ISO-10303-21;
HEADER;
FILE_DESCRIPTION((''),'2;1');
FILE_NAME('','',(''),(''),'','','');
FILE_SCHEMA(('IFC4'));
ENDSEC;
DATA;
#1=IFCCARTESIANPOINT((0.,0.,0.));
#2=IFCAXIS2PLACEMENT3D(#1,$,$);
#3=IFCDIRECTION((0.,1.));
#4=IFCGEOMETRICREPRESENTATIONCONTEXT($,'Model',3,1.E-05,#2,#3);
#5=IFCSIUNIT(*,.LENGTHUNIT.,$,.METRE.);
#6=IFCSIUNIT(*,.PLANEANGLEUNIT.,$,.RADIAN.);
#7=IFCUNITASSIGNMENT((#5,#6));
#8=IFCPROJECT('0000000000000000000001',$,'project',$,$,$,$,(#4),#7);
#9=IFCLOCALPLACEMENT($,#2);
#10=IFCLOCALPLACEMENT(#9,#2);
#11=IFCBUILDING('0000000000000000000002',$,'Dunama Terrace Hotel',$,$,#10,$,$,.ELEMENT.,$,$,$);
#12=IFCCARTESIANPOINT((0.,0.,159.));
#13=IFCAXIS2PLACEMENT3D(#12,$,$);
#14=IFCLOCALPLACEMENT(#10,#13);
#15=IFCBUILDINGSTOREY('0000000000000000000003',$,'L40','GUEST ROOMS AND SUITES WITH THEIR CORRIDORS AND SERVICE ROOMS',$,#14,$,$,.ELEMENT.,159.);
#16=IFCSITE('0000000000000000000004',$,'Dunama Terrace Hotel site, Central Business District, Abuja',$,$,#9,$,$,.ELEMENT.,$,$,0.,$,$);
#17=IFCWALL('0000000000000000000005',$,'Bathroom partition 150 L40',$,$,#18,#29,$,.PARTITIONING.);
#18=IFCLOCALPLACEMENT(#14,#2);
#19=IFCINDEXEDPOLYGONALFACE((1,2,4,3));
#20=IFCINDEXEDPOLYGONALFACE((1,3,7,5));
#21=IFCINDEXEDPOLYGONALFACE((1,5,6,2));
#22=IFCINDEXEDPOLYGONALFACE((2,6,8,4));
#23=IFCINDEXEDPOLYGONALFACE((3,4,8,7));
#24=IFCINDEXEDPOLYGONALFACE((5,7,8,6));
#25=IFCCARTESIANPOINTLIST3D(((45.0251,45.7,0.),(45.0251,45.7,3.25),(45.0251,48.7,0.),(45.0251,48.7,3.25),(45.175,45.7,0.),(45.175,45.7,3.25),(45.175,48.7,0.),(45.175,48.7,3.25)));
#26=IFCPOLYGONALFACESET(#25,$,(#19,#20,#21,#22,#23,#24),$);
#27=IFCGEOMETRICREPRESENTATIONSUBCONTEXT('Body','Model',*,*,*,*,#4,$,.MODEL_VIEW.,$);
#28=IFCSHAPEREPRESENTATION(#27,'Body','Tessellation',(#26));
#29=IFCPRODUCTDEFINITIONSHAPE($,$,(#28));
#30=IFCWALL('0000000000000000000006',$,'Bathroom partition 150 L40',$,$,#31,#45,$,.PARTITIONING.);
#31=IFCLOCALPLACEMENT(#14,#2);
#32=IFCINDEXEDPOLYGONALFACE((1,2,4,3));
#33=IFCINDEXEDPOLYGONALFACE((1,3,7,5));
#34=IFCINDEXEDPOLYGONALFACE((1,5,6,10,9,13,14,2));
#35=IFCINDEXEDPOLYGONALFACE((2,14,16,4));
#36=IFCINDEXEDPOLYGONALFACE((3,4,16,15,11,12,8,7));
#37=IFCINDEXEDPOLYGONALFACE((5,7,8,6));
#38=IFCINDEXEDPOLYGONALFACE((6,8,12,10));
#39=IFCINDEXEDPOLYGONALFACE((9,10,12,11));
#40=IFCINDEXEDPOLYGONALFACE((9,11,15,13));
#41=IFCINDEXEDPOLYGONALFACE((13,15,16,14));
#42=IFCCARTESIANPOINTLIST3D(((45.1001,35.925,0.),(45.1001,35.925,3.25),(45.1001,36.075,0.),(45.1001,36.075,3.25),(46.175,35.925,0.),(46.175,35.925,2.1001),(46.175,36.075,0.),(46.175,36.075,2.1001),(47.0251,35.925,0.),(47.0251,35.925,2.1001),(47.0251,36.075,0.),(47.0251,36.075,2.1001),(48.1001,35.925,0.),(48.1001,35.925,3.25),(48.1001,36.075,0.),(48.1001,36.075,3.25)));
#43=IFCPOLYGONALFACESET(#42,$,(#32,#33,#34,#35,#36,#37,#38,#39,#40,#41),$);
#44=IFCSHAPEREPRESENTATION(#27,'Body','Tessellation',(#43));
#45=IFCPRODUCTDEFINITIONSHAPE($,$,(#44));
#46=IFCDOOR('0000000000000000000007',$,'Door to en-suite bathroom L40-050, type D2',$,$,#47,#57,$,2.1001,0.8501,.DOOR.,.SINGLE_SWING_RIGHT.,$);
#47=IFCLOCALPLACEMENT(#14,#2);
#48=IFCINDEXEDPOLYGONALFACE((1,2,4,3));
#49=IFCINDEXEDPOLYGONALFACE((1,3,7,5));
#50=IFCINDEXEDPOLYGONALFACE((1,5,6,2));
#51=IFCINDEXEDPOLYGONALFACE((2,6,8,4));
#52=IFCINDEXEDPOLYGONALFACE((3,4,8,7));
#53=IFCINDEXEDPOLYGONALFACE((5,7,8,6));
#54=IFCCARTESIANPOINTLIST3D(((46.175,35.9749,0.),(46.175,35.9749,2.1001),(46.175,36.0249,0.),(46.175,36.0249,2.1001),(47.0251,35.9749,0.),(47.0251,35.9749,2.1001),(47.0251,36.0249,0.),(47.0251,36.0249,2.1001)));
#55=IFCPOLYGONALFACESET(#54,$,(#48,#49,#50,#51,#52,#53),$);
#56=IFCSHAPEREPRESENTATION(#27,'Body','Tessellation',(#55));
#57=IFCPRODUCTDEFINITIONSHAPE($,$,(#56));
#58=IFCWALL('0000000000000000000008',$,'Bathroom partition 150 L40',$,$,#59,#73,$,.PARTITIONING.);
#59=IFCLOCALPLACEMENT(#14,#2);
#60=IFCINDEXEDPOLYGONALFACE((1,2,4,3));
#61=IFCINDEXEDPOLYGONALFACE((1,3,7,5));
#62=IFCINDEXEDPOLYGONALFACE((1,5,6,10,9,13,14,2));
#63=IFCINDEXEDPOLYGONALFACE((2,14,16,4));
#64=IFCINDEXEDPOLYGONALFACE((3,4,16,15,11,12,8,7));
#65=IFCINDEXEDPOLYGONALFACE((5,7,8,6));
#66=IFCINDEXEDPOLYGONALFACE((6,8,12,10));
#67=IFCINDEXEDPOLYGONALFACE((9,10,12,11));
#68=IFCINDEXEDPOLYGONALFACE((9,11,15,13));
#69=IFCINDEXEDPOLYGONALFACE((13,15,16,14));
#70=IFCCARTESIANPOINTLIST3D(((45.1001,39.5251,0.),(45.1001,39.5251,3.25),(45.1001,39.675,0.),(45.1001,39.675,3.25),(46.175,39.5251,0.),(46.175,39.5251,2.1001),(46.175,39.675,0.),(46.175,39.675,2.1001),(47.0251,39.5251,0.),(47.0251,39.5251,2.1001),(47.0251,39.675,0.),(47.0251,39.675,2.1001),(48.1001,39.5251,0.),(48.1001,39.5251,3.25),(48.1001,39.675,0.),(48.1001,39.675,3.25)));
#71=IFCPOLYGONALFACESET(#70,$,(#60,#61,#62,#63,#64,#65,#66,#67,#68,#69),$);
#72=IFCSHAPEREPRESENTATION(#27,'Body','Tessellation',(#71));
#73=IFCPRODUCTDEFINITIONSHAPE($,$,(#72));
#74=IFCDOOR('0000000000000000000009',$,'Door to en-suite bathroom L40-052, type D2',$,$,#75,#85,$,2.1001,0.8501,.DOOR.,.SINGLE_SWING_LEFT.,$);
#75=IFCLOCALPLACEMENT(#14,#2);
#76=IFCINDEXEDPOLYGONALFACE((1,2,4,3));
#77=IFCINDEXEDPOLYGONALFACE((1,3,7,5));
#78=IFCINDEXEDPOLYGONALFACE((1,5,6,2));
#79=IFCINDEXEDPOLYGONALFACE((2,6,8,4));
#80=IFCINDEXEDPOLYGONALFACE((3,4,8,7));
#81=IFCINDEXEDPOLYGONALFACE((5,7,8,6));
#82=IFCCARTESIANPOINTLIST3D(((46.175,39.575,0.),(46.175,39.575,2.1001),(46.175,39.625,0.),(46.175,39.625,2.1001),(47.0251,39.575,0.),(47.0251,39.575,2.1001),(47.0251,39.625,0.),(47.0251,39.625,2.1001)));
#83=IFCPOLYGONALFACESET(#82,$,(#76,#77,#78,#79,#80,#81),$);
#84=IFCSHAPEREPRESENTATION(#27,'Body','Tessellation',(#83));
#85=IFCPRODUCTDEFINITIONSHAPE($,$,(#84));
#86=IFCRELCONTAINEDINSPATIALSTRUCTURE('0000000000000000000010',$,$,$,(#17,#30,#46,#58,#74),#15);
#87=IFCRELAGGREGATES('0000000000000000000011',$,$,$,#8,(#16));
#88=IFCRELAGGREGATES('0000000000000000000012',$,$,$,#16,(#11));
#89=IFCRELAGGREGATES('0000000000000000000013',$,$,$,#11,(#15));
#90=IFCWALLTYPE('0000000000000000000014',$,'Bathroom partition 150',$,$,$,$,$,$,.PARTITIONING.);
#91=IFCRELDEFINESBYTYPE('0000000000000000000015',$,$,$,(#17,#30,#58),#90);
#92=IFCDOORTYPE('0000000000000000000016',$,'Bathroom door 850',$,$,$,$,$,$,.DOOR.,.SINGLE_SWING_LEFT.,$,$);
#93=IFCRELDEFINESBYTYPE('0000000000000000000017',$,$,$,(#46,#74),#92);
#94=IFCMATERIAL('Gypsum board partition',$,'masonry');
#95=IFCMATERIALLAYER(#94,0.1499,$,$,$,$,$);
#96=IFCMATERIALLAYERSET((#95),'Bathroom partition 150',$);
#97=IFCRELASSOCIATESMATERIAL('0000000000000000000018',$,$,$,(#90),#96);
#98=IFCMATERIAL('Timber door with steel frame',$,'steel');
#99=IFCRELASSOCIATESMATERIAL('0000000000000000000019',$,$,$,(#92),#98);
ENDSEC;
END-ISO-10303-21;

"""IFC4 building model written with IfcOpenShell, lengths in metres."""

from ifc_helpers import new_model, si_unit, direction, frame, frame_2d, origin, place, context, subcontext, project, spatial, rectangle, extrude, material, layer, layer_set, type_object, element, fill, save


model = new_model("IFC4")

# Units and contexts
model_context = context("Model", 3, precision=1e-05, world=origin(), true_north=direction((0.0, 1.0)))
body_context = subcontext(model_context, "Body", "Model", "MODEL_VIEW")
ifc_project = project(units=[si_unit("LENGTHUNIT", "METRE"), si_unit("PLANEANGLEUNIT", "RADIAN")], contexts=[model_context])

# Site, building, storey
site_placement = place(None, origin())
site = spatial("IfcSite", under=ifc_project, at=site_placement, Name="Dunama Terrace Hotel site, Central Business District, Abuja", CompositionType="ELEMENT", RefElevation=0.0)
building_placement = place(site_placement, origin())
building = spatial("IfcBuilding", under=site, at=building_placement, Name="Dunama Terrace Hotel", CompositionType="ELEMENT")
storey_placement = place(building_placement, frame((0.0, 0.0, 159.0)))
storey = spatial("IfcBuildingStorey", under=building, at=storey_placement, Name="L40", Description="GUEST ROOMS AND SUITES WITH THEIR CORRIDORS AND SERVICE ROOMS", CompositionType="ELEMENT", Elevation=159.0)

# Wall
ifc_material_1 = material(Name="Gypsum board partition", Category="masonry")
ifc_layer_1 = layer(ifc_material_1, 0.1499)
ifc_layer_set_1 = layer_set([ifc_layer_1], Name="Bathroom partition 150")
wall_type_1 = type_object("IfcWallType", Name="Bathroom partition 150", PredefinedType="PARTITIONING", material=ifc_layer_set_1)
wall_1_placement = place(storey_placement, frame((45.1001, 45.7, 0.0), z_axis=(0.0, 0.0, 1.0), x_axis=(0.0, 1.0, 0.0)))
element("IfcWall", 1, at=wall_1_placement, inside=storey, type_object=wall_type_1, Name="Bathroom partition 150 L40", PredefinedType="PARTITIONING", context=body_context, shape_type="SweptSolid", body=[
    extrude(rectangle(XDim=3.0, YDim=0.1499, at=frame_2d((1.5, 0.0))), origin(), (0.0, 0.0, 1.0), 3.25),
])

# Walls, openings, doors
wall_2_placement = place(storey_placement, frame((45.1001, 36.0, 0.0), z_axis=(0.0, 0.0, 1.0), x_axis=(1.0, 0.0, 0.0)))
wall_2 = element("IfcWall", 2, at=wall_2_placement, inside=storey, type_object=wall_type_1, Name="Bathroom partition 150 L40", PredefinedType="PARTITIONING", context=body_context, shape_type="SweptSolid", body=[
    extrude(rectangle(XDim=3.0, YDim=0.1499, at=frame_2d((1.5, 0.0))), origin(), (0.0, 0.0, 1.0), 3.25),
])
opening_1_placement = place(wall_2_placement, frame((1.075, 0.0, 0.0)))
opening_1 = element("IfcOpeningElement", 3, at=opening_1_placement, cuts=wall_2, PredefinedType="OPENING", context=body_context, shape_type="SweptSolid", body=[
    extrude(rectangle(XDim=0.8501, YDim=2.1001, at=frame_2d((0.425, 1.05))), frame((0.0, 0.085, 0.0), z_axis=(0.0, -1.0, 0.0), x_axis=(1.0, 0.0, 0.0)), (0.0, 0.0, 1.0), 0.1699),
])
ifc_material_2 = material(Name="Timber door with steel frame", Category="steel")
door_type_1 = type_object("IfcDoorType", Name="Bathroom door 850", OperationType="SINGLE_SWING_LEFT", PredefinedType="DOOR", material=ifc_material_2)
door_1_placement = place(opening_1_placement, frame((0.8501, 0.0, 0.0), z_axis=(0.0, 0.0, 1.0), x_axis=(-1.0, 0.0, 0.0)))
door_1 = element("IfcDoor", 4, at=door_1_placement, inside=storey, type_object=door_type_1, Name="Door to en-suite bathroom L40-050, type D2", OperationType="SINGLE_SWING_RIGHT", OverallHeight=2.1001, OverallWidth=0.8501, PredefinedType="DOOR", context=body_context, shape_type="SweptSolid", body=[
    extrude(rectangle(XDim=0.8501, YDim=2.1001, at=frame_2d((0.425, 1.05))), frame((0.0, 0.0251, 0.0), z_axis=(0.0, -1.0, 0.0), x_axis=(1.0, 0.0, 0.0)), (0.0, 0.0, 1.0), 0.05),
])
fill(opening_1, door_1)
wall_3_placement = place(storey_placement, frame((45.1001, 39.6001, 0.0), z_axis=(0.0, 0.0, 1.0), x_axis=(1.0, 0.0, 0.0)))
wall_3 = element("IfcWall", 5, at=wall_3_placement, inside=storey, type_object=wall_type_1, Name="Bathroom partition 150 L40", PredefinedType="PARTITIONING", context=body_context, shape_type="SweptSolid", body=[
    extrude(rectangle(XDim=3.0, YDim=0.1499, at=frame_2d((1.5, 0.0))), origin(), (0.0, 0.0, 1.0), 3.25),
])
opening_2_placement = place(wall_3_placement, frame((1.075, 0.0, 0.0)))
opening_2 = element("IfcOpeningElement", 6, at=opening_2_placement, cuts=wall_3, PredefinedType="OPENING", context=body_context, shape_type="SweptSolid", body=[
    extrude(rectangle(XDim=0.8501, YDim=2.1001, at=frame_2d((0.425, 1.05))), frame((0.0, 0.085, 0.0), z_axis=(0.0, -1.0, 0.0), x_axis=(1.0, 0.0, 0.0)), (0.0, 0.0, 1.0), 0.1699),
])
door_2_placement = place(opening_2_placement, origin())
door_2 = element("IfcDoor", 7, at=door_2_placement, inside=storey, type_object=door_type_1, Name="Door to en-suite bathroom L40-052, type D2", OperationType="SINGLE_SWING_LEFT", OverallHeight=2.1001, OverallWidth=0.8501, PredefinedType="DOOR", context=body_context, shape_type="SweptSolid", body=[
    extrude(rectangle(XDim=0.8501, YDim=2.1001, at=frame_2d((0.425, 1.05))), frame((0.0, 0.0249, 0.0), z_axis=(0.0, -1.0, 0.0), x_axis=(1.0, 0.0, 0.0)), (0.0, 0.0, 1.0), 0.05),
])
fill(opening_2, door_2)

save(model, "model.ifc")
